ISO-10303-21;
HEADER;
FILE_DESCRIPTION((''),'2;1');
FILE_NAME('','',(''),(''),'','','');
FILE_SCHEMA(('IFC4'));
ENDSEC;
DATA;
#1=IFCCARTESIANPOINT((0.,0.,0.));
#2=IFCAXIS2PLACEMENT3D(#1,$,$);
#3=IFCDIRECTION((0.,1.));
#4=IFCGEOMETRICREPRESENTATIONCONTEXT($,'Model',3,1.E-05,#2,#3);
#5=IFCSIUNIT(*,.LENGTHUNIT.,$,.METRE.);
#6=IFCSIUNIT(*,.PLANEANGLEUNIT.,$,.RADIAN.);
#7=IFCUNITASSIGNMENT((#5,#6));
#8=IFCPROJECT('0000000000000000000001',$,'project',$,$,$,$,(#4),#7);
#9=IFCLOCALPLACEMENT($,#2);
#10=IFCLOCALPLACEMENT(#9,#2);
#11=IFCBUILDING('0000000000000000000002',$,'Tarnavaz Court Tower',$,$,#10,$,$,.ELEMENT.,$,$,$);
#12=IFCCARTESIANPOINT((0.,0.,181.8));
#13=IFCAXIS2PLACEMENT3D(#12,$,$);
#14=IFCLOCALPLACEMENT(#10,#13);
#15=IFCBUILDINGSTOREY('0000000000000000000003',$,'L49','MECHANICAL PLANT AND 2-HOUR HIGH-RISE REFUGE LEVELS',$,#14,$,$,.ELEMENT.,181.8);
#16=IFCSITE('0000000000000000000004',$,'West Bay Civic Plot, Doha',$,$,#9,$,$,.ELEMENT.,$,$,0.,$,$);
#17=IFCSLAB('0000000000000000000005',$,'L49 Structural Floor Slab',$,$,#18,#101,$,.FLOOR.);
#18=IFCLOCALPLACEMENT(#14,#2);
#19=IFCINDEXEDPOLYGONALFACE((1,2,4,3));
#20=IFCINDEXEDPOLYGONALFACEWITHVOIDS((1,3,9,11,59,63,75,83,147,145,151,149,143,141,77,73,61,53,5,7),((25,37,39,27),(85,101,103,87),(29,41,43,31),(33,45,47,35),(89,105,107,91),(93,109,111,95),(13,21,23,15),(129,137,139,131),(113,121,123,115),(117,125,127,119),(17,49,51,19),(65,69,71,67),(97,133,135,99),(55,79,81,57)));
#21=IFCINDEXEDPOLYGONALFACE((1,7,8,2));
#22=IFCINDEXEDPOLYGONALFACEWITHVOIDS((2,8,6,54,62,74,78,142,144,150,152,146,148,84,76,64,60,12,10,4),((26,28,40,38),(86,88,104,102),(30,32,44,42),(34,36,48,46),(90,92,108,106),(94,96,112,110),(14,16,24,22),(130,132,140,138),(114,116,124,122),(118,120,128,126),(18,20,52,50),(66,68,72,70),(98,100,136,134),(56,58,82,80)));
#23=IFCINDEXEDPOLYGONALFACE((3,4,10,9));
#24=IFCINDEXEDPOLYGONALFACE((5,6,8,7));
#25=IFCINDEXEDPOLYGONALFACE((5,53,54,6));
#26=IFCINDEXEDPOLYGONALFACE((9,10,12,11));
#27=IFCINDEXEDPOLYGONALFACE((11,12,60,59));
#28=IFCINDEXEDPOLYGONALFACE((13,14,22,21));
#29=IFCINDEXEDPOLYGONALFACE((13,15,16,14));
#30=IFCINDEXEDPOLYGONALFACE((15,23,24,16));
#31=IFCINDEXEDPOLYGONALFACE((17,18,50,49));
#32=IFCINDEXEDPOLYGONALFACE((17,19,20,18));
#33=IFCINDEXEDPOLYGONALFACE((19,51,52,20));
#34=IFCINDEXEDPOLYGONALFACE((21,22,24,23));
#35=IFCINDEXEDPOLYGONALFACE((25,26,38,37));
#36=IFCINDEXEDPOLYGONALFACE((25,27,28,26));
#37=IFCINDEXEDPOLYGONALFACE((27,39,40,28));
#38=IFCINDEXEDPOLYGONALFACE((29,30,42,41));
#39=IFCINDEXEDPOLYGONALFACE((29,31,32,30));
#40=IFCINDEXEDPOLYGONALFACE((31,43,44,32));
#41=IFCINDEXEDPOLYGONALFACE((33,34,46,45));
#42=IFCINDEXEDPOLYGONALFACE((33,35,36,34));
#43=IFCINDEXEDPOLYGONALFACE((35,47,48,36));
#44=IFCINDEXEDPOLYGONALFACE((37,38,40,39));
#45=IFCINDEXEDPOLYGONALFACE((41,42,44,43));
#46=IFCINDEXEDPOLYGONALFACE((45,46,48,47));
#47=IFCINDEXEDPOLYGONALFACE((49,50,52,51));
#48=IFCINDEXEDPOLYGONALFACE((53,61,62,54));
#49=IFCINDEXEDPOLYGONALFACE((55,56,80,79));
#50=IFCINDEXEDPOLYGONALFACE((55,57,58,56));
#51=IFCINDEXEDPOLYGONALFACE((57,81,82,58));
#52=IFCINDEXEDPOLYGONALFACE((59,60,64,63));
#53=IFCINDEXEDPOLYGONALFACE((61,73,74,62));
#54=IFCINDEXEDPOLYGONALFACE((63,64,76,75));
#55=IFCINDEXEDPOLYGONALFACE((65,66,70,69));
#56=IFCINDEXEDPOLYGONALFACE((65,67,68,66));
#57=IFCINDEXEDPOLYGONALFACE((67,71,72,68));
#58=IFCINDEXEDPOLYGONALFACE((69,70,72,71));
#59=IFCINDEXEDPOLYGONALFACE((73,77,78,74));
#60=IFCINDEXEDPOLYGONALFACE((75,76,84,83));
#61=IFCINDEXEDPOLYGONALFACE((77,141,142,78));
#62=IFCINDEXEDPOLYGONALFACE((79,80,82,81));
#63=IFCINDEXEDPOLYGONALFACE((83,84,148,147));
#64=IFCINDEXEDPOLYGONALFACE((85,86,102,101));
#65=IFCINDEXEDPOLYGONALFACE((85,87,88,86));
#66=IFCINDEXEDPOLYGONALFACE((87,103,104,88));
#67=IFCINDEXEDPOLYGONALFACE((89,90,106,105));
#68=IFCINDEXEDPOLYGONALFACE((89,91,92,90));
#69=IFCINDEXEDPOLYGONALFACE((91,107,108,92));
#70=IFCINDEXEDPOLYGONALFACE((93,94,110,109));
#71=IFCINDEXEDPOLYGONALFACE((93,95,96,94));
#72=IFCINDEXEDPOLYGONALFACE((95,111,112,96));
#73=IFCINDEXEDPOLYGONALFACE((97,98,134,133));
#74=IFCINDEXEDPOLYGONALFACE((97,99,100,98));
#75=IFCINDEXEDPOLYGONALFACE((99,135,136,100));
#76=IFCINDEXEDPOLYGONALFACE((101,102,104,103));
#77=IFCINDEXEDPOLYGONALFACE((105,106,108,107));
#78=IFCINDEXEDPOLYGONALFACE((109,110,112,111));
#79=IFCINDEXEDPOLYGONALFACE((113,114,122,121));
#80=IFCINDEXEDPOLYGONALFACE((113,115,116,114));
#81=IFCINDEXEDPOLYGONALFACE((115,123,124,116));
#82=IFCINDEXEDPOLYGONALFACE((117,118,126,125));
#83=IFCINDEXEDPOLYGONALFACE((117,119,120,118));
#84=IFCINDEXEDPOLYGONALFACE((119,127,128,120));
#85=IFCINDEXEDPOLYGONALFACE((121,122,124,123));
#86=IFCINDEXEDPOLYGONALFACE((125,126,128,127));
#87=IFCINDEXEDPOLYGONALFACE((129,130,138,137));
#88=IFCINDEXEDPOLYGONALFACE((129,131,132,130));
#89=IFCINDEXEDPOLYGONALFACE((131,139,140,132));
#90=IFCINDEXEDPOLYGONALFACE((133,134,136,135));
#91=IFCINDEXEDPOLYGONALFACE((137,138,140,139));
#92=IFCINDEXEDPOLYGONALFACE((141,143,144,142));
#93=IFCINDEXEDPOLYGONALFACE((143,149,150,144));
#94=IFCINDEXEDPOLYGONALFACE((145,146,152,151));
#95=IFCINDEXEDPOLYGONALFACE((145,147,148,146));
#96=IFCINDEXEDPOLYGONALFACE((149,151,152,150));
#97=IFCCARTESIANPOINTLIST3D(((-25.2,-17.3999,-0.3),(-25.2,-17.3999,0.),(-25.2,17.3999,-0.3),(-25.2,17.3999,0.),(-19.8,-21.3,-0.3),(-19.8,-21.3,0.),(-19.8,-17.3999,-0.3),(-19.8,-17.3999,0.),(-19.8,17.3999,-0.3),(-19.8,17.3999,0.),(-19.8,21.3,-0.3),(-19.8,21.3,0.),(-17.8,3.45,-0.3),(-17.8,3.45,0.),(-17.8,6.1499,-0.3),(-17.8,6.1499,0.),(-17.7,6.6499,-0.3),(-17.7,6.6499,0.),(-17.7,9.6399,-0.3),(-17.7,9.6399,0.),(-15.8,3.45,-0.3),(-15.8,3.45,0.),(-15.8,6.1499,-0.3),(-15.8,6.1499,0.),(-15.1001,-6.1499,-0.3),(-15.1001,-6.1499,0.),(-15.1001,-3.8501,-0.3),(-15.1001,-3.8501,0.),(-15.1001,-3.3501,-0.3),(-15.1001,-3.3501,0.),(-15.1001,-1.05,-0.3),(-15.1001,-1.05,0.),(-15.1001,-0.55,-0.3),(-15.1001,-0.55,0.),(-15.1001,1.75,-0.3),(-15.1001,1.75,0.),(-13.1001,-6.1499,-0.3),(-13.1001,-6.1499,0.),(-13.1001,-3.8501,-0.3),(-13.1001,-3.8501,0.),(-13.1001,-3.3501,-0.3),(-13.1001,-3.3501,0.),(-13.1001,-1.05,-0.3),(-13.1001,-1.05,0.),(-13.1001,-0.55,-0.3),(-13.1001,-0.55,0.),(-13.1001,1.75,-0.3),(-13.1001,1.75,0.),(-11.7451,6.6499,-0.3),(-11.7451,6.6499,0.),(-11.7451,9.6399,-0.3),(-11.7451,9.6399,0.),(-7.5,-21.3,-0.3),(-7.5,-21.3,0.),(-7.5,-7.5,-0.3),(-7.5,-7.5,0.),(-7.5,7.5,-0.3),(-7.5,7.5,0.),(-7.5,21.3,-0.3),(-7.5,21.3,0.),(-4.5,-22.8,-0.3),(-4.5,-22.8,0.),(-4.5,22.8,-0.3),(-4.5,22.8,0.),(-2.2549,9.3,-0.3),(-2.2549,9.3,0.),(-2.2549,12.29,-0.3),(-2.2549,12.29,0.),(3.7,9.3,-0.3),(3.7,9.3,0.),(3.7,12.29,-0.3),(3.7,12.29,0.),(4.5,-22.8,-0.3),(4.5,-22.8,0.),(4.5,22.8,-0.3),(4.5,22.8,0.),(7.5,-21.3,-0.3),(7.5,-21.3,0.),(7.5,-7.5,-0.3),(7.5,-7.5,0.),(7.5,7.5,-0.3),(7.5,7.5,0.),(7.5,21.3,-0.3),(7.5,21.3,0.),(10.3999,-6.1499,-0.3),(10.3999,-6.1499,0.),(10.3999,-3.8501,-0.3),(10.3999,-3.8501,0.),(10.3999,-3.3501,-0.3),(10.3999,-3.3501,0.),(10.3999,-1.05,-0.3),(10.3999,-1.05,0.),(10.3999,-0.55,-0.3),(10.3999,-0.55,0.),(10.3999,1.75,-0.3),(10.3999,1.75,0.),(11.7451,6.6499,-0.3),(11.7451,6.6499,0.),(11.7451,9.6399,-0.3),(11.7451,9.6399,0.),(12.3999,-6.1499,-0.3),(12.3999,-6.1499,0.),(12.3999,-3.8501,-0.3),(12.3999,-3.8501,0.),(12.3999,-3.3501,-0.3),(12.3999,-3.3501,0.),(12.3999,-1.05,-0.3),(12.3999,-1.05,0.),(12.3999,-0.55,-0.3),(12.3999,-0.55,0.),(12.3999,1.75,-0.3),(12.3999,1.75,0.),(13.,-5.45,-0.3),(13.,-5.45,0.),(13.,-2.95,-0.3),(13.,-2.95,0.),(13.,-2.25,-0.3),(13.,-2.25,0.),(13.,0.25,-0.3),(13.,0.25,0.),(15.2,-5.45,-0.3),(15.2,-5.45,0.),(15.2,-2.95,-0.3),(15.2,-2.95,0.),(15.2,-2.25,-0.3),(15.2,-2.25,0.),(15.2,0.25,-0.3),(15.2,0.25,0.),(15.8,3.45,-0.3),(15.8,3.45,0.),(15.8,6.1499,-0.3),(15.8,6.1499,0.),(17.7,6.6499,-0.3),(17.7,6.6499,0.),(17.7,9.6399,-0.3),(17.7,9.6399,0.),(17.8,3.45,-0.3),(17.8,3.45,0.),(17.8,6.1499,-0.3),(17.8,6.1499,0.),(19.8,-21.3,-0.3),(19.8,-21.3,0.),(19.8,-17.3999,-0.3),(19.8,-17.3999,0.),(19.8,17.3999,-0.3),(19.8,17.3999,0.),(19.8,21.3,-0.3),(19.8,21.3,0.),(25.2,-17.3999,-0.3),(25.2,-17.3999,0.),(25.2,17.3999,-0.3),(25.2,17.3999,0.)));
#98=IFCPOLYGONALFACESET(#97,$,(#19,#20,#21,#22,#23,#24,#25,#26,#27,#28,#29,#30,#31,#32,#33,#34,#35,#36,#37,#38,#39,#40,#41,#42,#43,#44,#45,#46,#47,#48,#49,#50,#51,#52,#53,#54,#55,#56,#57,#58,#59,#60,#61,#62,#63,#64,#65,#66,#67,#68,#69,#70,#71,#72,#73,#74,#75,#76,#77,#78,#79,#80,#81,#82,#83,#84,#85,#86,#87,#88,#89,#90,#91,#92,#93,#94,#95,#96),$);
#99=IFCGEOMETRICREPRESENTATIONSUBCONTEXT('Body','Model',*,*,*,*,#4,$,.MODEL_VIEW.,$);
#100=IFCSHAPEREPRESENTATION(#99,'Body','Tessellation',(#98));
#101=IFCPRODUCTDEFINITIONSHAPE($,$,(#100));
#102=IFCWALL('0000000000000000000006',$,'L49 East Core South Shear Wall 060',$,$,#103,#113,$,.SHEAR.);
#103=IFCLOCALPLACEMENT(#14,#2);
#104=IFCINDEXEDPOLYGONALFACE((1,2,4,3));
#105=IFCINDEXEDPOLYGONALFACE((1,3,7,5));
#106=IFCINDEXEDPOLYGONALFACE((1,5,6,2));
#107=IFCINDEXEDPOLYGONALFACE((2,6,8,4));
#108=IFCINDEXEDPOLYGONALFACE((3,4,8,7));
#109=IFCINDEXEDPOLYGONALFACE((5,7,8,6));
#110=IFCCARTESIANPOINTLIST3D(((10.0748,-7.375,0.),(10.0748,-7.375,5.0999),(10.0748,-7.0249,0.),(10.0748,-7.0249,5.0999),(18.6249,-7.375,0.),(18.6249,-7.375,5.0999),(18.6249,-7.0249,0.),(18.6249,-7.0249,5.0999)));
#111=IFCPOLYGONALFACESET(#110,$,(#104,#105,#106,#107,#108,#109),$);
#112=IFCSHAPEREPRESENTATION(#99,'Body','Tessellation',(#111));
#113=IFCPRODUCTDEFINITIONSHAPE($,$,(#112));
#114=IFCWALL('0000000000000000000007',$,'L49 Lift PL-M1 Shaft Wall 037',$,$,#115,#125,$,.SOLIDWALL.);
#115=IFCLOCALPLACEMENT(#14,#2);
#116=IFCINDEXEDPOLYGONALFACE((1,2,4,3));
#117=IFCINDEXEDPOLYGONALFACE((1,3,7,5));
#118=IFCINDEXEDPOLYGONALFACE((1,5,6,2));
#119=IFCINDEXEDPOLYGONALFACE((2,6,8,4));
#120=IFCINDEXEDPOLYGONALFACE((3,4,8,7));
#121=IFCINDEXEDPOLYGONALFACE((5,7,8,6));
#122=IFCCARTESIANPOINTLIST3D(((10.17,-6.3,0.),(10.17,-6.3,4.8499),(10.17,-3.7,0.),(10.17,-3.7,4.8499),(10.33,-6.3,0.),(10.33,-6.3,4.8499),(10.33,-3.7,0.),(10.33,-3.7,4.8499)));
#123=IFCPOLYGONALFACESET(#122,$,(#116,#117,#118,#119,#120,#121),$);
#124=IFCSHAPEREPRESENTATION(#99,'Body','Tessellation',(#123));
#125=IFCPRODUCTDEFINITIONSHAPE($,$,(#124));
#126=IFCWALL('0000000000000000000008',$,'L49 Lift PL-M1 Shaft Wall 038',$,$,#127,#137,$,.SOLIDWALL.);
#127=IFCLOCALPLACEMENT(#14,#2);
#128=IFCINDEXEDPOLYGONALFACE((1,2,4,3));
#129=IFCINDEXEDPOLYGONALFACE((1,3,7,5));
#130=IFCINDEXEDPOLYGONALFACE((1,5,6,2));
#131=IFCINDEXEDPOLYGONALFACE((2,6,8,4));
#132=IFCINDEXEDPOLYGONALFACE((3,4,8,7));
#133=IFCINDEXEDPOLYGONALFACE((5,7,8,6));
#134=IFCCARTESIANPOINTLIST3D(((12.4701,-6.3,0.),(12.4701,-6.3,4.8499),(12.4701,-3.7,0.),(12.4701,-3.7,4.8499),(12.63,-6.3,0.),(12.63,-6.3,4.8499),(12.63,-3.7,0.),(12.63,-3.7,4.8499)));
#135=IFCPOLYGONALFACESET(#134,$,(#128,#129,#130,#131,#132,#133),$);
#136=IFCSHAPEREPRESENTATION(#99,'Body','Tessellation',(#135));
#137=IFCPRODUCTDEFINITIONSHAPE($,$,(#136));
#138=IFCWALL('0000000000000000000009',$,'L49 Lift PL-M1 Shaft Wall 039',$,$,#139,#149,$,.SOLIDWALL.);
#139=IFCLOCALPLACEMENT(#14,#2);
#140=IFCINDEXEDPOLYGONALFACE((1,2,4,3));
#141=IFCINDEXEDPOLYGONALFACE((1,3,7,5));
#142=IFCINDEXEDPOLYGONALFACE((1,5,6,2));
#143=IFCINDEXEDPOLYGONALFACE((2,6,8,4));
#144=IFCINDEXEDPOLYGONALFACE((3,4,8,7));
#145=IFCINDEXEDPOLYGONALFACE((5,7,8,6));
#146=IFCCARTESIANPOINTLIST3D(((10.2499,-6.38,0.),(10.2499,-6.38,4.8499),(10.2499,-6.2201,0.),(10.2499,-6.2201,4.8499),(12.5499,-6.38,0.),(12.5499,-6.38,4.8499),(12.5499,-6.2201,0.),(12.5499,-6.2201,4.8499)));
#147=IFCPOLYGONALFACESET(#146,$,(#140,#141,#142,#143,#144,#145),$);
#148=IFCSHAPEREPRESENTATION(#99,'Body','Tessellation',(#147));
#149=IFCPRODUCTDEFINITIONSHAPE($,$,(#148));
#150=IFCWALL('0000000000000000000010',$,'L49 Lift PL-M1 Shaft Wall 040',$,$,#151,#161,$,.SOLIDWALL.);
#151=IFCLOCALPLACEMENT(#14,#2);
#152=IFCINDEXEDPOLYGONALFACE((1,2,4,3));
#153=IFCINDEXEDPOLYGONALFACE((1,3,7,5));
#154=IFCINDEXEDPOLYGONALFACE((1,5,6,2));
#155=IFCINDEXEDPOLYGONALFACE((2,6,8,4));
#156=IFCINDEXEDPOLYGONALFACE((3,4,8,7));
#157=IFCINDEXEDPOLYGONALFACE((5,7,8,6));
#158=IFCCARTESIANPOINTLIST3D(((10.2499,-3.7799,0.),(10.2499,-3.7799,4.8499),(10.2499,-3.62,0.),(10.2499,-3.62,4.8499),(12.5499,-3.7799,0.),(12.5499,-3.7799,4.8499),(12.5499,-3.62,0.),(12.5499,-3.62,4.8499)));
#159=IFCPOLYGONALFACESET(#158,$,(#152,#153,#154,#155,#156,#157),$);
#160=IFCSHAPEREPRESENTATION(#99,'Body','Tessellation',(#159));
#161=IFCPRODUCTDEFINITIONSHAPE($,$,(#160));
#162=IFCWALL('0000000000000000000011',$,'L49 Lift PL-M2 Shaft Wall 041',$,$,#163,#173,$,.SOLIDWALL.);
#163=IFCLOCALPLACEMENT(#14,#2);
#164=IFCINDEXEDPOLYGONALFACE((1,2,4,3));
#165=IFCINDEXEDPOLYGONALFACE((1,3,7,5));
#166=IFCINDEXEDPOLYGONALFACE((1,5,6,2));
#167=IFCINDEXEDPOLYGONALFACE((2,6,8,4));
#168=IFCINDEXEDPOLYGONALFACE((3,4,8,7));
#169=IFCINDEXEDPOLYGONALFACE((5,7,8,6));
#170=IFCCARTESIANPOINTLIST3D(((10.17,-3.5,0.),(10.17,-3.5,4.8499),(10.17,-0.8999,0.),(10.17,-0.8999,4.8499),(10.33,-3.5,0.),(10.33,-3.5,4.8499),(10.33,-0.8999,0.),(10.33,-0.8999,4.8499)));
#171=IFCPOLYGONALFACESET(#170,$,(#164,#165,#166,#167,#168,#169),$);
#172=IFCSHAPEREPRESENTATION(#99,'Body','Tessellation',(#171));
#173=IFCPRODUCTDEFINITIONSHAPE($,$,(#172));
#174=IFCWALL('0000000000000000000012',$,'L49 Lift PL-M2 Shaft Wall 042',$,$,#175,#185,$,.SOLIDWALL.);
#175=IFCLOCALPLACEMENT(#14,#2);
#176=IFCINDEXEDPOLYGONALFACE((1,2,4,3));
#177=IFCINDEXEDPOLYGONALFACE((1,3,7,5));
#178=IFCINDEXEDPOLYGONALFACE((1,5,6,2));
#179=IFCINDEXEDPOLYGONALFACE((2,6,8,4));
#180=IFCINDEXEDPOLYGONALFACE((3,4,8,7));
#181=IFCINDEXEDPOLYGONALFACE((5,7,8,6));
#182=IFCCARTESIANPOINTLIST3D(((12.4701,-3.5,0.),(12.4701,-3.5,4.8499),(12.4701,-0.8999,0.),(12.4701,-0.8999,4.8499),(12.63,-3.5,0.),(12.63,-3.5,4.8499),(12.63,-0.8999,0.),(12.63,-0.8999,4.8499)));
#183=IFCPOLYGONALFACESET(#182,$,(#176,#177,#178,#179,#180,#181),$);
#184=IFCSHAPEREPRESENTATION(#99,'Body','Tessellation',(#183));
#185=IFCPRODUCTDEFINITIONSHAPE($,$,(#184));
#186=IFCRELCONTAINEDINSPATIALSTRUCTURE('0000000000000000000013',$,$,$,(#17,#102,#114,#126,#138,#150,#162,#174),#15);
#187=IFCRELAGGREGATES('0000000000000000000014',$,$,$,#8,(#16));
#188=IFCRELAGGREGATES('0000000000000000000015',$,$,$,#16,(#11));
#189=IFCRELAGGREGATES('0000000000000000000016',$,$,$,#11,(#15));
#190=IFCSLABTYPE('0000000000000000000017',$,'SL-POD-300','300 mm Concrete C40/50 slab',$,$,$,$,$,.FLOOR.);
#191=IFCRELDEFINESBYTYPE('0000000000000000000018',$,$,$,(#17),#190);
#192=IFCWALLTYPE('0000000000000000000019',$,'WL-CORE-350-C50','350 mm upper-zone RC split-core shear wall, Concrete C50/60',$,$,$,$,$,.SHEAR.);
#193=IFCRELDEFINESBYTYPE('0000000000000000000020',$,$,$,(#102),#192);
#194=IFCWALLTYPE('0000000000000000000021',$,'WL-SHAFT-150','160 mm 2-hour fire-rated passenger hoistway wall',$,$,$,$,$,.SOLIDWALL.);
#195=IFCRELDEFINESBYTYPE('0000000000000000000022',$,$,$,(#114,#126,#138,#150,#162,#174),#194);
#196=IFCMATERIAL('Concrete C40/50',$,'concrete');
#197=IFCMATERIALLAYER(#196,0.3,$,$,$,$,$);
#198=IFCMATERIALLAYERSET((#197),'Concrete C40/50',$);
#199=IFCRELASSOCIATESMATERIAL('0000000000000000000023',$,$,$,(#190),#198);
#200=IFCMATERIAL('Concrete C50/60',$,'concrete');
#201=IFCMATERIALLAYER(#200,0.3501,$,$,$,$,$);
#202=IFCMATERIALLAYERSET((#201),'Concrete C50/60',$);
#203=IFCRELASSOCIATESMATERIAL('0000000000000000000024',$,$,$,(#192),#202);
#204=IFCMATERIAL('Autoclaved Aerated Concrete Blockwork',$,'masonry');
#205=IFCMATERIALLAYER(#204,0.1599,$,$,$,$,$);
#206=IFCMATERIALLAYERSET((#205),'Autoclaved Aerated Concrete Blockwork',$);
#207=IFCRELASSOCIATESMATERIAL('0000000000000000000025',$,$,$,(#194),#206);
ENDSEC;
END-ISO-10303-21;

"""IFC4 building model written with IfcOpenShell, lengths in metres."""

from ifc_helpers import new_model, si_unit, direction, frame, frame_2d, origin, place, context, subcontext, project, spatial, polyline, rectangle, outline, extrude, material, layer, layer_set, type_object, element, save


model = new_model("IFC4")

# Units and contexts
model_context = context("Model", 3, precision=1e-05, world=origin(), true_north=direction((0.0, 1.0)))
body_context = subcontext(model_context, "Body", "Model", "MODEL_VIEW")
ifc_project = project(units=[si_unit("LENGTHUNIT", "METRE"), si_unit("PLANEANGLEUNIT", "RADIAN")], contexts=[model_context])

# Site, building, storey
site_placement = place(None, origin())
site = spatial("IfcSite", under=ifc_project, at=site_placement, Name="West Bay Civic Plot, Doha", CompositionType="ELEMENT", RefElevation=0.0)
building_placement = place(site_placement, origin())
building = spatial("IfcBuilding", under=site, at=building_placement, Name="Tarnavaz Court Tower", CompositionType="ELEMENT")
storey_placement = place(building_placement, frame((0.0, 0.0, 181.8)))
storey = spatial("IfcBuildingStorey", under=building, at=storey_placement, Name="L49", Description="MECHANICAL PLANT AND 2-HOUR HIGH-RISE REFUGE LEVELS", CompositionType="ELEMENT", Elevation=181.8)

# Shared definitions
ifc_material_1 = material(Name="Concrete C40/50", Category="concrete")

# Slab
ifc_layer_1 = layer(ifc_material_1, 0.3)
ifc_layer_set_1 = layer_set([ifc_layer_1], Name="Concrete C40/50")
slab_type_1 = type_object("IfcSlabType", Name="SL-POD-300", Description="300 mm Concrete C40/50 slab", PredefinedType="FLOOR", material=ifc_layer_set_1)
slab_1_placement = place(storey_placement, frame((0.0, 0.0, -0.3)))
element("IfcSlab", 1, at=slab_1_placement, inside=storey, type_object=slab_type_1, Name="L49 Structural Floor Slab", PredefinedType="FLOOR", context=body_context, shape_type="SweptSolid", body=[
    extrude(outline(polyline([(-19.8, -21.3), (-7.5, -21.3), (-4.5, -22.8), (4.5, -22.8), (7.5, -21.3), (19.8, -21.3), (19.8, -17.3999), (25.2, -17.3999), (25.2, 17.3999), (19.8, 17.3999), (19.8, 21.3), (7.5, 21.3), (4.5, 22.8), (-4.5, 22.8), (-7.5, 21.3), (-19.8, 21.3), (-19.8, 17.3999), (-25.2, 17.3999), (-25.2, -17.3999), (-19.8, -17.3999), (-19.8, -21.3)]), holes=[polyline([(-7.5, -7.5), (7.5, -7.5), (7.5, 7.5), (-7.5, 7.5), (-7.5, -7.5)]), polyline([(-11.7451, 9.6399), (-17.7, 9.6399), (-17.7, 6.6499), (-11.7451, 6.6499), (-11.7451, 9.6399)]), polyline([(11.7451, 6.6499), (17.7, 6.6499), (17.7, 9.6399), (11.7451, 9.6399), (11.7451, 6.6499)]), polyline([(-2.2549, 9.3), (3.7, 9.3), (3.7, 12.29), (-2.2549, 12.29), (-2.2549, 9.3)]), polyline([(-17.8, 3.45), (-15.8, 3.45), (-15.8, 6.1499), (-17.8, 6.1499), (-17.8, 3.45)]), polyline([(-15.1001, -6.1499), (-13.1001, -6.1499), (-13.1001, -3.8501), (-15.1001, -3.8501), (-15.1001, -6.1499)]), polyline([(-15.1001, -3.3501), (-13.1001, -3.3501), (-13.1001, -1.05), (-15.1001, -1.05), (-15.1001, -3.3501)]), polyline([(-15.1001, -0.55), (-13.1001, -0.55), (-13.1001, 1.75), (-15.1001, 1.75), (-15.1001, -0.55)]), polyline([(15.8, 3.45), (17.8, 3.45), (17.8, 6.1499), (15.8, 6.1499), (15.8, 3.45)]), polyline([(10.3999, -6.1499), (12.3999, -6.1499), (12.3999, -3.8501), (10.3999, -3.8501), (10.3999, -6.1499)]), polyline([(10.3999, -3.3501), (12.3999, -3.3501), (12.3999, -1.05), (10.3999, -1.05), (10.3999, -3.3501)]), polyline([(10.3999, -0.55), (12.3999, -0.55), (12.3999, 1.75), (10.3999, 1.75), (10.3999, -0.55)]), polyline([(13.0, -5.45), (15.2, -5.45), (15.2, -2.95), (13.0, -2.95), (13.0, -5.45)]), polyline([(13.0, -2.25), (15.2, -2.25), (15.2, 0.25), (13.0, 0.25), (13.0, -2.25)])]), origin(), (0.0, 0.0, 1.0), 0.3),
])

# Walls
ifc_material_2 = material(Name="Concrete C50/60", Category="concrete")
ifc_layer_2 = layer(ifc_material_2, 0.3501)
ifc_layer_set_2 = layer_set([ifc_layer_2], Name="Concrete C50/60")
wall_type_1 = type_object("IfcWallType", Name="WL-CORE-350-C50", Description="350 mm upper-zone RC split-core shear wall, Concrete C50/60", PredefinedType="SHEAR", material=ifc_layer_set_2)
wall_1_placement = place(storey_placement, frame((10.075, -7.2, 0.0), z_axis=(0.0, 0.0, 1.0), x_axis=(1.0, 0.0, 0.0)))
element("IfcWall", 2, at=wall_1_placement, inside=storey, type_object=wall_type_1, Name="L49 East Core South Shear Wall 060", PredefinedType="SHEAR", context=body_context, shape_type="SweptSolid", body=[
    extrude(rectangle(XDim=8.55, YDim=0.3501, at=frame_2d((4.2749, 0.0))), origin(), (0.0, 0.0, 1.0), 5.0999),
])
ifc_material_3 = material(Name="Autoclaved Aerated Concrete Blockwork", Category="masonry")
ifc_layer_3 = layer(ifc_material_3, 0.1599)
ifc_layer_set_3 = layer_set([ifc_layer_3], Name="Autoclaved Aerated Concrete Blockwork")
wall_type_2 = type_object("IfcWallType", Name="WL-SHAFT-150", Description="160 mm 2-hour fire-rated passenger hoistway wall", PredefinedType="SOLIDWALL", material=ifc_layer_set_3)
for number, where, z_axis, x_axis, name in (
    (3, (10.25, -6.3, 0.0), (0.0, 0.0, 1.0), (0.0, 1.0, 0.0), "L49 Lift PL-M1 Shaft Wall 037"),
    (4, (12.55, -6.3, 0.0), (0.0, 0.0, 1.0), (0.0, 1.0, 0.0), "L49 Lift PL-M1 Shaft Wall 038"),
):
    element("IfcWall", number, at=place(storey_placement, frame(where, z_axis=z_axis, x_axis=x_axis)), inside=storey, type_object=wall_type_2, Name=name, PredefinedType="SOLIDWALL", context=body_context, shape_type="SweptSolid", body=[
        extrude(rectangle(XDim=2.6001, YDim=0.1599, at=frame_2d((1.3, 0.0))), origin(), (0.0, 0.0, 1.0), 4.8499),
    ])
for number, where, z_axis, x_axis, name in (
    (5, (10.25, -6.3, 0.0), (0.0, 0.0, 1.0), (1.0, 0.0, 0.0), "L49 Lift PL-M1 Shaft Wall 039"),
    (6, (10.25, -3.7, 0.0), (0.0, 0.0, 1.0), (1.0, 0.0, 0.0), "L49 Lift PL-M1 Shaft Wall 040"),
):
    element("IfcWall", number, at=place(storey_placement, frame(where, z_axis=z_axis, x_axis=x_axis)), inside=storey, type_object=wall_type_2, Name=name, PredefinedType="SOLIDWALL", context=body_context, shape_type="SweptSolid", body=[
        extrude(rectangle(XDim=2.3, YDim=0.1599, at=frame_2d((1.1499, 0.0))), origin(), (0.0, 0.0, 1.0), 4.8499),
    ])
for number, where, z_axis, x_axis, name in (
    (7, (10.25, -3.5, 0.0), (0.0, 0.0, 1.0), (0.0, 1.0, 0.0), "L49 Lift PL-M2 Shaft Wall 041"),
    (8, (12.55, -3.5, 0.0), (0.0, 0.0, 1.0), (0.0, 1.0, 0.0), "L49 Lift PL-M2 Shaft Wall 042"),
):
    element("IfcWall", number, at=place(storey_placement, frame(where, z_axis=z_axis, x_axis=x_axis)), inside=storey, type_object=wall_type_2, Name=name, PredefinedType="SOLIDWALL", context=body_context, shape_type="SweptSolid", body=[
        extrude(rectangle(XDim=2.6001, YDim=0.1599, at=frame_2d((1.3, 0.0))), origin(), (0.0, 0.0, 1.0), 4.8499),
    ])

save(model, "model.ifc")
